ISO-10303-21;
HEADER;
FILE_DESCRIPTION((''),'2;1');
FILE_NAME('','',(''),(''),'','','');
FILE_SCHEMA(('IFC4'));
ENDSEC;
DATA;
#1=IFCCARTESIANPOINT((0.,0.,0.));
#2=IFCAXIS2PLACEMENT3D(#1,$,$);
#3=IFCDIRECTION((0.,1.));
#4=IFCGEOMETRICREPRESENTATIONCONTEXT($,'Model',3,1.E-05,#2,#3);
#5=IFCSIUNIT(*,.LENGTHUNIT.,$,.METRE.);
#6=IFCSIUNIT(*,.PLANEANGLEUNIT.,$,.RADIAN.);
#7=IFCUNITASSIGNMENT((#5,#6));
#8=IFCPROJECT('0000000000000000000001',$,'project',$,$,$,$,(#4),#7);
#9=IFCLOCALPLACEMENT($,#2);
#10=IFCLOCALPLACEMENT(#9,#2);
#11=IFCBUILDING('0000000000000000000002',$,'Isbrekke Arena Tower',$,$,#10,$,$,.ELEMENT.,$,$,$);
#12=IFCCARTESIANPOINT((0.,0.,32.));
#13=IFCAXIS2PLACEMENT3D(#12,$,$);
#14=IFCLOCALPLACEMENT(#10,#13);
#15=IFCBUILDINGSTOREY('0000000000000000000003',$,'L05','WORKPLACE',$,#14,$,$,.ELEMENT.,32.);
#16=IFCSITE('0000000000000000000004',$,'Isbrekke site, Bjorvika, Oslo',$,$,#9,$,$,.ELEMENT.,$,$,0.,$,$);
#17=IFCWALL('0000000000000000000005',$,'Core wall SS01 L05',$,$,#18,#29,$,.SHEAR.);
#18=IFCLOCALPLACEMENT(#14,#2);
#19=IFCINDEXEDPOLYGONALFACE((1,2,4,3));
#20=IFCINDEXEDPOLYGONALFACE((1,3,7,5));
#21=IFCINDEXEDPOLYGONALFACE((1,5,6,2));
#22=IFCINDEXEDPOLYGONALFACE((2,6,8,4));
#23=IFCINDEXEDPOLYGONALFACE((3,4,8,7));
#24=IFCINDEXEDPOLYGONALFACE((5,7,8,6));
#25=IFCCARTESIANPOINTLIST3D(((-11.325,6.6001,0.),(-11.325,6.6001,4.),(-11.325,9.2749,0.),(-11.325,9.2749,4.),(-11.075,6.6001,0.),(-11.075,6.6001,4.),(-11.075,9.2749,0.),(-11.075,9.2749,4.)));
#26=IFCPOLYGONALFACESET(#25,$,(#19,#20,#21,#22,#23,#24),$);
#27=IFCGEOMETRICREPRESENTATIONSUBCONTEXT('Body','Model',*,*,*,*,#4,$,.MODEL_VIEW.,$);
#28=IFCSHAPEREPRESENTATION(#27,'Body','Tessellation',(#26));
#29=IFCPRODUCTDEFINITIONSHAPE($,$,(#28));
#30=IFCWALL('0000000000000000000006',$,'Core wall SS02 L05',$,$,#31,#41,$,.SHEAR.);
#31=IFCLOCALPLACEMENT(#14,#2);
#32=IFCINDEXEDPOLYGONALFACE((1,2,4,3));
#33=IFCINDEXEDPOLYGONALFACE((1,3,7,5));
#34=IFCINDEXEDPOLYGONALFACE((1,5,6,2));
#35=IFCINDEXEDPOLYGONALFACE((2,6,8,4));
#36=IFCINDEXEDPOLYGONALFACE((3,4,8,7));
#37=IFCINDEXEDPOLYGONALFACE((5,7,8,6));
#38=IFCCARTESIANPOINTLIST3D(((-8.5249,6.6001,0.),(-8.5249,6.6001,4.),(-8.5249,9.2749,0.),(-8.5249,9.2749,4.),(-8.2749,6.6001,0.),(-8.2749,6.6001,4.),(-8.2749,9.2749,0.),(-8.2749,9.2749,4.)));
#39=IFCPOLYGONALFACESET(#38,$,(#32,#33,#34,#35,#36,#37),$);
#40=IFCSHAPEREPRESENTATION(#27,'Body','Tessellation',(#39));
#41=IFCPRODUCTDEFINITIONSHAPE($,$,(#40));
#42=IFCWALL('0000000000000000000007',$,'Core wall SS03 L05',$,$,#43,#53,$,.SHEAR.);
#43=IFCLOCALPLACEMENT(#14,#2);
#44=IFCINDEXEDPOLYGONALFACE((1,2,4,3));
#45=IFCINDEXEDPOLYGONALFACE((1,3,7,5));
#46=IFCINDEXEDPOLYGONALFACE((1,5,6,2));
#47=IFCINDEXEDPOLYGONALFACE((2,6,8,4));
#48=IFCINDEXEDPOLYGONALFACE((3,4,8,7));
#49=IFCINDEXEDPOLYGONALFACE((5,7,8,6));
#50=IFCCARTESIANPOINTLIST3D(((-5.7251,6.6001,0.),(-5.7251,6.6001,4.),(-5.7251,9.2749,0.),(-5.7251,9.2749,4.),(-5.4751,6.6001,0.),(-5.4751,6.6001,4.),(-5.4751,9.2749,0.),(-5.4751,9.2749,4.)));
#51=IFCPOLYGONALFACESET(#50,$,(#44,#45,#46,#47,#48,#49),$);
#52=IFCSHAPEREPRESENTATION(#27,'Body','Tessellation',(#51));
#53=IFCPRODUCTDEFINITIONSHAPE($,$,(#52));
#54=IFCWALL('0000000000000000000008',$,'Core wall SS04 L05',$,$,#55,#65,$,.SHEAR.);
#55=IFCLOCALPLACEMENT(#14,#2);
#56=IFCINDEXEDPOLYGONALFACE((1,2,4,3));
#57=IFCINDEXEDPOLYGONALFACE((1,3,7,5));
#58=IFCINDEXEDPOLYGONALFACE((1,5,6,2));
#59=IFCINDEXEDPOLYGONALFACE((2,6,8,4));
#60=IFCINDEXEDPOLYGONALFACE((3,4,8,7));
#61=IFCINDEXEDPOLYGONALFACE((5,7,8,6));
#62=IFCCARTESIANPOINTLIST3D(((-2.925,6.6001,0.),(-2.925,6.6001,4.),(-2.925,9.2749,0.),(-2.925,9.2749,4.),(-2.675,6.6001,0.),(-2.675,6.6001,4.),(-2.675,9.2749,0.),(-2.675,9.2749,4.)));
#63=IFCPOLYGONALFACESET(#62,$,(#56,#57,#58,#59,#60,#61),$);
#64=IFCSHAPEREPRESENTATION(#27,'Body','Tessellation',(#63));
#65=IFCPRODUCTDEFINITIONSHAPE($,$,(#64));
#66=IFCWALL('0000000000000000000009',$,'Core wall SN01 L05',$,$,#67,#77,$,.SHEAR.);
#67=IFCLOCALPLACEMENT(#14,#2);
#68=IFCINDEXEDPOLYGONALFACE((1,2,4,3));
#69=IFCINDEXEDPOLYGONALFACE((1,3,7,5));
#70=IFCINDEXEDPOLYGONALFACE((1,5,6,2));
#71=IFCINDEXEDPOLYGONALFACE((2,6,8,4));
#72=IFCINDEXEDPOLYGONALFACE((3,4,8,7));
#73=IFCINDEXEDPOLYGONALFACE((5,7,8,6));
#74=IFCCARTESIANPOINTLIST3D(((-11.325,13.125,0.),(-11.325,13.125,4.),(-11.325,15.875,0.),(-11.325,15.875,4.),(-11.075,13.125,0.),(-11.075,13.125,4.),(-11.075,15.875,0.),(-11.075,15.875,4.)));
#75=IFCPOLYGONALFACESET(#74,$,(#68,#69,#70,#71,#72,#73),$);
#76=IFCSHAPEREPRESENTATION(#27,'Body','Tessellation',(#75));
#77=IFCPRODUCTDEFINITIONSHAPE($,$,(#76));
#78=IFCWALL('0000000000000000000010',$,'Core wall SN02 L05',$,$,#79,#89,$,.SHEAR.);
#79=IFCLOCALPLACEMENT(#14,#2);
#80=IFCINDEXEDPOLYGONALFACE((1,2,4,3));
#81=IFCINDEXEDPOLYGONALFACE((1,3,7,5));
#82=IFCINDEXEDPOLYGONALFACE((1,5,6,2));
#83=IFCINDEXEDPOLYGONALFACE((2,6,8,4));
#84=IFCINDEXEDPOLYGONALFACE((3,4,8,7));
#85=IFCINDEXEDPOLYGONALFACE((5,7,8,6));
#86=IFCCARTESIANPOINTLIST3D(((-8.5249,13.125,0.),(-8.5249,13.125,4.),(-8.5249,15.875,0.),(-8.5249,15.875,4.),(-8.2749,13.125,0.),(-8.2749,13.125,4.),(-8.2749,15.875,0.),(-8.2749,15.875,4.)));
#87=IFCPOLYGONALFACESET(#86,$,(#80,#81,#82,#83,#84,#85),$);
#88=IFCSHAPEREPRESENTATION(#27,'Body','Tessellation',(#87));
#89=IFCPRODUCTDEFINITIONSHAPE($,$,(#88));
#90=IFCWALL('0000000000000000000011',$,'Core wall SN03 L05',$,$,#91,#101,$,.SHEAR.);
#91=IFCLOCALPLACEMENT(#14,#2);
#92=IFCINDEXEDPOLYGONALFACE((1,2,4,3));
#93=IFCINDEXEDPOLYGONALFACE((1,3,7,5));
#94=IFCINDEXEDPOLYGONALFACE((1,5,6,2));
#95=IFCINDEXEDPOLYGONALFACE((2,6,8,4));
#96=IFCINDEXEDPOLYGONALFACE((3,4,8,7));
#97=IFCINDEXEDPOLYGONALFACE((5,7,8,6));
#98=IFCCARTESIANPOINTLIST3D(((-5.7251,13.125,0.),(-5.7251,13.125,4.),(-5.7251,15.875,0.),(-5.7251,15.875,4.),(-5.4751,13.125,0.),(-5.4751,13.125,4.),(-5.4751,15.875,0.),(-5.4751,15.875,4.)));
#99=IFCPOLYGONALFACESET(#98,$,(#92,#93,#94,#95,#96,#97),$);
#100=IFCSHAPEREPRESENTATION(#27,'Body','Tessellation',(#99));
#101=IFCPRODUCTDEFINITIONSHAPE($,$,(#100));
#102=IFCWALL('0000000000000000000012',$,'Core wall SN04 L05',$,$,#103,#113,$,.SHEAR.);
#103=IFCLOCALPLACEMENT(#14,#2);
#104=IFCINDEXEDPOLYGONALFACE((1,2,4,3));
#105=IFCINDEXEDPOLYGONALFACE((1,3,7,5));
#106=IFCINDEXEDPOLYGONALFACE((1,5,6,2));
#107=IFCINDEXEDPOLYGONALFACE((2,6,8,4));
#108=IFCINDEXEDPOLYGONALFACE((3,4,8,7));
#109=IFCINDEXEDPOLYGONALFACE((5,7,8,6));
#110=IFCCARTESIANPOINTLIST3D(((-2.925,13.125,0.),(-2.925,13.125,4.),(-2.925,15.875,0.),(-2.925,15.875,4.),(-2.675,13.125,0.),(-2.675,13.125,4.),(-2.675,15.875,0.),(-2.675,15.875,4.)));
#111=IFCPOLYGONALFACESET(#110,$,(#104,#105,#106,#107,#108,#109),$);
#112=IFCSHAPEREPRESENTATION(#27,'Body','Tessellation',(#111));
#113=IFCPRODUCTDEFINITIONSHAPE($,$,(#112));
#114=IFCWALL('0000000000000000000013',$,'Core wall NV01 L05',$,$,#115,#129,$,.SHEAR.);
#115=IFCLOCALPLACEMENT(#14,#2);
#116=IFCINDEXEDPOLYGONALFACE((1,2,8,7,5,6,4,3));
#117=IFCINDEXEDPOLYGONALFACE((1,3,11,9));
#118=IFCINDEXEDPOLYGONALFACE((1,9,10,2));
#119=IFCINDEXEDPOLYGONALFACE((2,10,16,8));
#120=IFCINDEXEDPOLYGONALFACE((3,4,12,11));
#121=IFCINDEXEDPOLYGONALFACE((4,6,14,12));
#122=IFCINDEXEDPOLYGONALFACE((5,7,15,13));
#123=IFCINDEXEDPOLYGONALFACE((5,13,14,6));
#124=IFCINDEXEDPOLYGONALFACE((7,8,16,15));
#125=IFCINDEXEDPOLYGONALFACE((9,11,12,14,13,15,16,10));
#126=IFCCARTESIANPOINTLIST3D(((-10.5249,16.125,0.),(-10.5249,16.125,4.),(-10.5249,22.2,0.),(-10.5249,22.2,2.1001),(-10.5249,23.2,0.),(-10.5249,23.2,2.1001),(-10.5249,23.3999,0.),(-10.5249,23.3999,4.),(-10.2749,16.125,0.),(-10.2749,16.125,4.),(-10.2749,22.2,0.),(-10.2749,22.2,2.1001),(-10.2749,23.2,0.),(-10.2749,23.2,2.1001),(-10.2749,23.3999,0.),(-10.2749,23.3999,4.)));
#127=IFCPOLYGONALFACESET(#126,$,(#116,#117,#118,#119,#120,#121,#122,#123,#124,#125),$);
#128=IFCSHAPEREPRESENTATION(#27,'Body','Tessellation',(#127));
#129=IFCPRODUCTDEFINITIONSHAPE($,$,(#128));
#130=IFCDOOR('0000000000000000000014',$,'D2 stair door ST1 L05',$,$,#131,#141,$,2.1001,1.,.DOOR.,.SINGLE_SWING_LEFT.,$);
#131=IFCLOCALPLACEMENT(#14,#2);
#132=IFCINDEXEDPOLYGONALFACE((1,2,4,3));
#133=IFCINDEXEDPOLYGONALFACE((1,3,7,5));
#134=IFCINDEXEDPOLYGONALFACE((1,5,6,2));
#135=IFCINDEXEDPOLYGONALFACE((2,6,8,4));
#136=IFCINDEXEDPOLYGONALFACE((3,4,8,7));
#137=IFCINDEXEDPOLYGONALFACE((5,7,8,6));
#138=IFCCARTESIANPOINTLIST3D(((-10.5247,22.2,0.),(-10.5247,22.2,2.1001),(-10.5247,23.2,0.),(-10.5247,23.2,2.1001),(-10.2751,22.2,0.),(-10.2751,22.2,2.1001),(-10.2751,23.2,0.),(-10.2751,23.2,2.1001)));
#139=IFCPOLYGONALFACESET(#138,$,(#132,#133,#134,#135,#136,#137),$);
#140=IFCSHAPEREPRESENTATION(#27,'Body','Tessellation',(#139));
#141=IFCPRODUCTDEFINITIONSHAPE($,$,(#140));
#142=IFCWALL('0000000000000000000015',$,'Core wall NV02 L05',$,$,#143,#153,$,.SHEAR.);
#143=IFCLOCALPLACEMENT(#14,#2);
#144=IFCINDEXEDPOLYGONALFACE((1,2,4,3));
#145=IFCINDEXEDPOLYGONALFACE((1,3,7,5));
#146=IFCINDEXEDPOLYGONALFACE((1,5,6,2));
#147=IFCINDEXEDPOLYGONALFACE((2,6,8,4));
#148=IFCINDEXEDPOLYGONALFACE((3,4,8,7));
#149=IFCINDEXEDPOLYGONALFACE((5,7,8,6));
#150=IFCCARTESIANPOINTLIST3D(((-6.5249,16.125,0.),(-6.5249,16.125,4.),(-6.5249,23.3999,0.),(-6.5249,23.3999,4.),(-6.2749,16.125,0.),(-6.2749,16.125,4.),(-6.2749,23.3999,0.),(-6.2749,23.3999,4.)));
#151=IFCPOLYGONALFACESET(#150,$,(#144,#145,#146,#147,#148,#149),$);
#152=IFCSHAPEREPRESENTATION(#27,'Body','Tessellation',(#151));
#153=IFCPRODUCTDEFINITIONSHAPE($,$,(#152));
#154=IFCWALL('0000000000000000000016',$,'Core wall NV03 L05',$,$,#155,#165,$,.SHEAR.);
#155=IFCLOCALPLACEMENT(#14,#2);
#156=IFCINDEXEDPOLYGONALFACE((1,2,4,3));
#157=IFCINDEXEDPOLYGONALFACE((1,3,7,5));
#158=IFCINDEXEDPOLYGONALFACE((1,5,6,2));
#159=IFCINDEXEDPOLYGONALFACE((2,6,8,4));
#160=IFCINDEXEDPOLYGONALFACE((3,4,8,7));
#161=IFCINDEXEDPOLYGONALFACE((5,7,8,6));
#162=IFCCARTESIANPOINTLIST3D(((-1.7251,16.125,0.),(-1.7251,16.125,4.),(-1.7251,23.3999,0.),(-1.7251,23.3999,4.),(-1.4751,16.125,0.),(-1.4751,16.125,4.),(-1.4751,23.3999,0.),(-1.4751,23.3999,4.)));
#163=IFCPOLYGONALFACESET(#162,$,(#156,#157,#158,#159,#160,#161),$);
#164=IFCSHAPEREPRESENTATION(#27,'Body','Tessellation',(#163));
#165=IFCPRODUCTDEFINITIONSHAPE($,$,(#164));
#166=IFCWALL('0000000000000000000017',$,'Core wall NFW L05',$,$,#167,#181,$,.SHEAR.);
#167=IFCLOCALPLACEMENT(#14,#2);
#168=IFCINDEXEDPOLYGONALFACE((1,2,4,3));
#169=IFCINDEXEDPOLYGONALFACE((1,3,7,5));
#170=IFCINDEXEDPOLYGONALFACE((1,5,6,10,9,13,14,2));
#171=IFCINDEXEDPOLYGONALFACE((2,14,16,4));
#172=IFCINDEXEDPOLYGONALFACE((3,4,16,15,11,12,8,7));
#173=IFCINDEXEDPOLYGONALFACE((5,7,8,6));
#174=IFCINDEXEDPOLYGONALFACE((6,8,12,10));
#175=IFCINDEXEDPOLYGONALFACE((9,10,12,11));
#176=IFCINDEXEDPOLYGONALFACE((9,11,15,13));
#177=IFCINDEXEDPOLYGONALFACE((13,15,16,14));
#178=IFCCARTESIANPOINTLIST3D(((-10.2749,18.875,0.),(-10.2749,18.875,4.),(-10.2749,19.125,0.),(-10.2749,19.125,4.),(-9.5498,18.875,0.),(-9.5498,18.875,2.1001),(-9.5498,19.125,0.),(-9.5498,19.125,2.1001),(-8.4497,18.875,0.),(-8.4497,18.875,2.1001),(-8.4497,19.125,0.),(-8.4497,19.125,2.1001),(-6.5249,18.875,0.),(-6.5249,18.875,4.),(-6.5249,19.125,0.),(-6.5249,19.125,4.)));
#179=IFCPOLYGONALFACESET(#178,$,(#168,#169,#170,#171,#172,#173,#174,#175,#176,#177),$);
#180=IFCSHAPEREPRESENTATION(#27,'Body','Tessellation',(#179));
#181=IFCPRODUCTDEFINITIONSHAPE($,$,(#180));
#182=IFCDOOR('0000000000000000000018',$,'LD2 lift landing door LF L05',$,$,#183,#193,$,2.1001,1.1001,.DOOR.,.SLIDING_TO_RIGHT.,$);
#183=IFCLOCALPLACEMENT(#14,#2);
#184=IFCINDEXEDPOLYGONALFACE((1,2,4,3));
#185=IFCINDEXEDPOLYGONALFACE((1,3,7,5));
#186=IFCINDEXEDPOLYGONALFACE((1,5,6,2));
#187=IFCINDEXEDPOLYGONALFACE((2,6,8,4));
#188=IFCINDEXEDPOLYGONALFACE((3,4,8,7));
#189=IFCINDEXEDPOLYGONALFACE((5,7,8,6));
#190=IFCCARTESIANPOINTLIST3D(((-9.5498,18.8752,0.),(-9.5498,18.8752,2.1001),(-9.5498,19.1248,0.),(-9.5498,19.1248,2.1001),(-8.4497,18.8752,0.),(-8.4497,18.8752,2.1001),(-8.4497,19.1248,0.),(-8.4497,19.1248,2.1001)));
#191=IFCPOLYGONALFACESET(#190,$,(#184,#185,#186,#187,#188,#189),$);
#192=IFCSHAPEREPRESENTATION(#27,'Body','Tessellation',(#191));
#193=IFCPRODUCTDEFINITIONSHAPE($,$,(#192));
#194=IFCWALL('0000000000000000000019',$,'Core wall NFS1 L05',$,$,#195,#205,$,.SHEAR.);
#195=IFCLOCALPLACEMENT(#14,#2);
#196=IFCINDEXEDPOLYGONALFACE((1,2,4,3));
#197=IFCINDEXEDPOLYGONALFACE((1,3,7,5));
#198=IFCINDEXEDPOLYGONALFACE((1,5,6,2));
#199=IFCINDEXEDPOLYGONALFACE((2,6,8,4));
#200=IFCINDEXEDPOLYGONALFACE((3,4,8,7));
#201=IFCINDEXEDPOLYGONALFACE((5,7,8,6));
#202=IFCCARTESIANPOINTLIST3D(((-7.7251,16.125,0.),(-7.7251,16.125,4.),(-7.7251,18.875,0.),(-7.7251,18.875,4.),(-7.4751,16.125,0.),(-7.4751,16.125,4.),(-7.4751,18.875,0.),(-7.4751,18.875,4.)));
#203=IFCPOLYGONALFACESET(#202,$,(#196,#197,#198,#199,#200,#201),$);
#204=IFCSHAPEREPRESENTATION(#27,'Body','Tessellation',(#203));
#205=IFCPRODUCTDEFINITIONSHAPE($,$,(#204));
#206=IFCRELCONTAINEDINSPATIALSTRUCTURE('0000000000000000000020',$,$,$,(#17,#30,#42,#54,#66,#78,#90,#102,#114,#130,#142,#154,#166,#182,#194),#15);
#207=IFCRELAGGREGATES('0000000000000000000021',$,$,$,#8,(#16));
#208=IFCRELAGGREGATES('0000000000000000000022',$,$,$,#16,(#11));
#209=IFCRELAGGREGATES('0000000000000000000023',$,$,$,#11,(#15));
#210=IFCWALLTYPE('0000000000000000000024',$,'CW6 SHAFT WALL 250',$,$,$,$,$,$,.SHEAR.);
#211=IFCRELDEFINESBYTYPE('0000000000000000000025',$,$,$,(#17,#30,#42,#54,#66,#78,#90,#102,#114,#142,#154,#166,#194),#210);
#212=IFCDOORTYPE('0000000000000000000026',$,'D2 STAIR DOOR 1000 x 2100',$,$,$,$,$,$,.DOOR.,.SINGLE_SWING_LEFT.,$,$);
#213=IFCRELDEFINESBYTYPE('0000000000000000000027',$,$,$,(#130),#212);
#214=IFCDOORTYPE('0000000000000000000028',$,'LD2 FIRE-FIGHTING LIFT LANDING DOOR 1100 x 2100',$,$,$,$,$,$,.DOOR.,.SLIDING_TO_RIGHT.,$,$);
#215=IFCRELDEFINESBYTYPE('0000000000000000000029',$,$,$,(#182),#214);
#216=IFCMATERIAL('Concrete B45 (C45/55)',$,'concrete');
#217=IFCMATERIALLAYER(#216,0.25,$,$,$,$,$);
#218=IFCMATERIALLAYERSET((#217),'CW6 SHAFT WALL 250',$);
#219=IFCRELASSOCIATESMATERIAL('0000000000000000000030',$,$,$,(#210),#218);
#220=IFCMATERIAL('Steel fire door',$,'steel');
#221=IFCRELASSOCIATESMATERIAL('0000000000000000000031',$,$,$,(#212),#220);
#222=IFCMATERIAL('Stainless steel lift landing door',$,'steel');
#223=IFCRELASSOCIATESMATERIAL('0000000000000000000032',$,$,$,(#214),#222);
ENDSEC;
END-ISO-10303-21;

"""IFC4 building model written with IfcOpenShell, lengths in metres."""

from ifc_helpers import new_model, si_unit, direction, frame, frame_2d, origin, place, context, subcontext, project, spatial, rectangle, extrude, material, layer, layer_set, type_object, element, fill, save


model = new_model("IFC4")

# Units and contexts
model_context = context("Model", 3, precision=1e-05, world=origin(), true_north=direction((0.0, 1.0)))
body_context = subcontext(model_context, "Body", "Model", "MODEL_VIEW")
ifc_project = project(units=[si_unit("LENGTHUNIT", "METRE"), si_unit("PLANEANGLEUNIT", "RADIAN")], contexts=[model_context])

# Site, building, storey
site_placement = place(None, origin())
site = spatial("IfcSite", under=ifc_project, at=site_placement, Name="Isbrekke site, Bjorvika, Oslo", CompositionType="ELEMENT", RefElevation=0.0)
building_placement = place(site_placement, origin())
building = spatial("IfcBuilding", under=site, at=building_placement, Name="Isbrekke Arena Tower", CompositionType="ELEMENT")
storey_placement = place(building_placement, frame((0.0, 0.0, 32.0)))
storey = spatial("IfcBuildingStorey", under=building, at=storey_placement, Name="L05", Description="WORKPLACE", CompositionType="ELEMENT", Elevation=32.0)

# Walls
ifc_material_1 = material(Name="Concrete B45 (C45/55)", Category="concrete")
ifc_layer_1 = layer(ifc_material_1, 0.25)
ifc_layer_set_1 = layer_set([ifc_layer_1], Name="CW6 SHAFT WALL 250")
wall_type_1 = type_object("IfcWallType", Name="CW6 SHAFT WALL 250", PredefinedType="SHEAR", material=ifc_layer_set_1)
for number, where, z_axis, x_axis, name in (
    (1, (-11.2, 6.6001, 0.0), (0.0, 0.0, 1.0), (0.0, 1.0, 0.0), "Core wall SS01 L05"),
    (2, (-8.3999, 6.6001, 0.0), (0.0, 0.0, 1.0), (0.0, 1.0, 0.0), "Core wall SS02 L05"),
    (3, (-5.6001, 6.6001, 0.0), (0.0, 0.0, 1.0), (0.0, 1.0, 0.0), "Core wall SS03 L05"),
    (4, (-2.8, 6.6001, 0.0), (0.0, 0.0, 1.0), (0.0, 1.0, 0.0), "Core wall SS04 L05"),
):
    element("IfcWall", number, at=place(storey_placement, frame(where, z_axis=z_axis, x_axis=x_axis)), inside=storey, type_object=wall_type_1, Name=name, PredefinedType="SHEAR", context=body_context, shape_type="SweptSolid", body=[
        extrude(rectangle(XDim=2.6748, YDim=0.25, at=frame_2d((1.3374, 0.0))), origin(), (0.0, 0.0, 1.0), 4.0),
    ])
for number, where, z_axis, x_axis, name in (
    (5, (-11.2, 13.125, 0.0), (0.0, 0.0, 1.0), (0.0, 1.0, 0.0), "Core wall SN01 L05"),
    (6, (-8.3999, 13.125, 0.0), (0.0, 0.0, 1.0), (0.0, 1.0, 0.0), "Core wall SN02 L05"),
    (7, (-5.6001, 13.125, 0.0), (0.0, 0.0, 1.0), (0.0, 1.0, 0.0), "Core wall SN03 L05"),
    (8, (-2.8, 13.125, 0.0), (0.0, 0.0, 1.0), (0.0, 1.0, 0.0), "Core wall SN04 L05"),
):
    element("IfcWall", number, at=place(storey_placement, frame(where, z_axis=z_axis, x_axis=x_axis)), inside=storey, type_object=wall_type_1, Name=name, PredefinedType="SHEAR", context=body_context, shape_type="SweptSolid", body=[
        extrude(rectangle(XDim=2.75, YDim=0.25, at=frame_2d((1.375, 0.0))), origin(), (0.0, 0.0, 1.0), 4.0),
    ])

# Wall, opening, door
wall_1_placement = place(storey_placement, frame((-10.3999, 16.125, 0.0), z_axis=(0.0, 0.0, 1.0), x_axis=(0.0, 1.0, 0.0)))
wall_1 = element("IfcWall", 9, at=wall_1_placement, inside=storey, type_object=wall_type_1, Name="Core wall NV01 L05", PredefinedType="SHEAR", context=body_context, shape_type="SweptSolid", body=[
    extrude(rectangle(XDim=7.2749, YDim=0.25, at=frame_2d((3.6375, 0.0))), origin(), (0.0, 0.0, 1.0), 4.0),
])
opening_1_placement = place(wall_1_placement, frame((6.075, 0.0, 0.0)))
opening_1 = element("IfcOpeningElement", 10, at=opening_1_placement, cuts=wall_1, PredefinedType="OPENING", context=body_context, shape_type="SweptSolid", body=[
    extrude(rectangle(XDim=1.0, YDim=2.1001, at=frame_2d((0.5, 1.05))), frame((0.0, 0.1399, 0.0), z_axis=(0.0, -1.0, 0.0), x_axis=(1.0, 0.0, 0.0)), (0.0, 0.0, 1.0), 0.2798),
])
ifc_material_2 = material(Name="Steel fire door", Category="steel")
door_type_1 = type_object("IfcDoorType", Name="D2 STAIR DOOR 1000 x 2100", OperationType="SINGLE_SWING_LEFT", PredefinedType="DOOR", material=ifc_material_2)
door_1_placement = place(opening_1_placement, origin())
door_1 = element("IfcDoor", 11, at=door_1_placement, inside=storey, type_object=door_type_1, Name="D2 stair door ST1 L05", OperationType="SINGLE_SWING_LEFT", OverallHeight=2.1001, OverallWidth=1.0, PredefinedType="DOOR", context=body_context, shape_type="SweptSolid", body=[
    extrude(rectangle(XDim=1.0, YDim=2.1001, at=frame_2d((0.5, 1.05))), frame((0.0, 0.1248, 0.0), z_axis=(0.0, -1.0, 0.0), x_axis=(1.0, 0.0, 0.0)), (0.0, 0.0, 1.0), 0.2495),
])
fill(opening_1, door_1)

# Walls
for number, where, z_axis, x_axis, name in (
    (12, (-6.3999, 16.125, 0.0), (0.0, 0.0, 1.0), (0.0, 1.0, 0.0), "Core wall NV02 L05"),
    (13, (-1.6001, 16.125, 0.0), (0.0, 0.0, 1.0), (0.0, 1.0, 0.0), "Core wall NV03 L05"),
):
    element("IfcWall", number, at=place(storey_placement, frame(where, z_axis=z_axis, x_axis=x_axis)), inside=storey, type_object=wall_type_1, Name=name, PredefinedType="SHEAR", context=body_context, shape_type="SweptSolid", body=[
        extrude(rectangle(XDim=7.2749, YDim=0.25, at=frame_2d((3.6375, 0.0))), origin(), (0.0, 0.0, 1.0), 4.0),
    ])

# Wall, opening, door
wall_2_placement = place(storey_placement, frame((-10.2749, 19.0, 0.0), z_axis=(0.0, 0.0, 1.0), x_axis=(1.0, 0.0, 0.0)))
wall_2 = element("IfcWall", 14, at=wall_2_placement, inside=storey, type_object=wall_type_1, Name="Core wall NFW L05", PredefinedType="SHEAR", context=body_context, shape_type="SweptSolid", body=[
    extrude(rectangle(XDim=3.75, YDim=0.25, at=frame_2d((1.875, 0.0))), origin(), (0.0, 0.0, 1.0), 4.0),
])
opening_2_placement = place(wall_2_placement, frame((0.7251, 0.0, 0.0)))
opening_2 = element("IfcOpeningElement", 15, at=opening_2_placement, cuts=wall_2, PredefinedType="OPENING", context=body_context, shape_type="SweptSolid", body=[
    extrude(rectangle(XDim=1.1001, YDim=2.1001, at=frame_2d((0.55, 1.05))), frame((0.0, 0.1399, 0.0), z_axis=(0.0, -1.0, 0.0), x_axis=(1.0, 0.0, 0.0)), (0.0, 0.0, 1.0), 0.2798),
])
ifc_material_3 = material(Name="Stainless steel lift landing door", Category="steel")
door_type_2 = type_object("IfcDoorType", Name="LD2 FIRE-FIGHTING LIFT LANDING DOOR 1100 x 2100", OperationType="SLIDING_TO_RIGHT", PredefinedType="DOOR", material=ifc_material_3)
door_2_placement = place(opening_2_placement, origin())
door_2 = element("IfcDoor", 16, at=door_2_placement, inside=storey, type_object=door_type_2, Name="LD2 lift landing door LF L05", OperationType="SLIDING_TO_RIGHT", OverallHeight=2.1001, OverallWidth=1.1001, PredefinedType="DOOR", context=body_context, shape_type="SweptSolid", body=[
    extrude(rectangle(XDim=1.1001, YDim=2.1001, at=frame_2d((0.55, 1.05))), frame((0.0, 0.1248, 0.0), z_axis=(0.0, -1.0, 0.0), x_axis=(1.0, 0.0, 0.0)), (0.0, 0.0, 1.0), 0.2495),
])
fill(opening_2, door_2)

# Wall
wall_3_placement = place(storey_placement, frame((-7.6001, 16.125, 0.0), z_axis=(0.0, 0.0, 1.0), x_axis=(0.0, 1.0, 0.0)))
element("IfcWall", 17, at=wall_3_placement, inside=storey, type_object=wall_type_1, Name="Core wall NFS1 L05", PredefinedType="SHEAR", context=body_context, shape_type="SweptSolid", body=[
    extrude(rectangle(XDim=2.75, YDim=0.25, at=frame_2d((1.375, 0.0))), origin(), (0.0, 0.0, 1.0), 4.0),
])

save(model, "model.ifc")
